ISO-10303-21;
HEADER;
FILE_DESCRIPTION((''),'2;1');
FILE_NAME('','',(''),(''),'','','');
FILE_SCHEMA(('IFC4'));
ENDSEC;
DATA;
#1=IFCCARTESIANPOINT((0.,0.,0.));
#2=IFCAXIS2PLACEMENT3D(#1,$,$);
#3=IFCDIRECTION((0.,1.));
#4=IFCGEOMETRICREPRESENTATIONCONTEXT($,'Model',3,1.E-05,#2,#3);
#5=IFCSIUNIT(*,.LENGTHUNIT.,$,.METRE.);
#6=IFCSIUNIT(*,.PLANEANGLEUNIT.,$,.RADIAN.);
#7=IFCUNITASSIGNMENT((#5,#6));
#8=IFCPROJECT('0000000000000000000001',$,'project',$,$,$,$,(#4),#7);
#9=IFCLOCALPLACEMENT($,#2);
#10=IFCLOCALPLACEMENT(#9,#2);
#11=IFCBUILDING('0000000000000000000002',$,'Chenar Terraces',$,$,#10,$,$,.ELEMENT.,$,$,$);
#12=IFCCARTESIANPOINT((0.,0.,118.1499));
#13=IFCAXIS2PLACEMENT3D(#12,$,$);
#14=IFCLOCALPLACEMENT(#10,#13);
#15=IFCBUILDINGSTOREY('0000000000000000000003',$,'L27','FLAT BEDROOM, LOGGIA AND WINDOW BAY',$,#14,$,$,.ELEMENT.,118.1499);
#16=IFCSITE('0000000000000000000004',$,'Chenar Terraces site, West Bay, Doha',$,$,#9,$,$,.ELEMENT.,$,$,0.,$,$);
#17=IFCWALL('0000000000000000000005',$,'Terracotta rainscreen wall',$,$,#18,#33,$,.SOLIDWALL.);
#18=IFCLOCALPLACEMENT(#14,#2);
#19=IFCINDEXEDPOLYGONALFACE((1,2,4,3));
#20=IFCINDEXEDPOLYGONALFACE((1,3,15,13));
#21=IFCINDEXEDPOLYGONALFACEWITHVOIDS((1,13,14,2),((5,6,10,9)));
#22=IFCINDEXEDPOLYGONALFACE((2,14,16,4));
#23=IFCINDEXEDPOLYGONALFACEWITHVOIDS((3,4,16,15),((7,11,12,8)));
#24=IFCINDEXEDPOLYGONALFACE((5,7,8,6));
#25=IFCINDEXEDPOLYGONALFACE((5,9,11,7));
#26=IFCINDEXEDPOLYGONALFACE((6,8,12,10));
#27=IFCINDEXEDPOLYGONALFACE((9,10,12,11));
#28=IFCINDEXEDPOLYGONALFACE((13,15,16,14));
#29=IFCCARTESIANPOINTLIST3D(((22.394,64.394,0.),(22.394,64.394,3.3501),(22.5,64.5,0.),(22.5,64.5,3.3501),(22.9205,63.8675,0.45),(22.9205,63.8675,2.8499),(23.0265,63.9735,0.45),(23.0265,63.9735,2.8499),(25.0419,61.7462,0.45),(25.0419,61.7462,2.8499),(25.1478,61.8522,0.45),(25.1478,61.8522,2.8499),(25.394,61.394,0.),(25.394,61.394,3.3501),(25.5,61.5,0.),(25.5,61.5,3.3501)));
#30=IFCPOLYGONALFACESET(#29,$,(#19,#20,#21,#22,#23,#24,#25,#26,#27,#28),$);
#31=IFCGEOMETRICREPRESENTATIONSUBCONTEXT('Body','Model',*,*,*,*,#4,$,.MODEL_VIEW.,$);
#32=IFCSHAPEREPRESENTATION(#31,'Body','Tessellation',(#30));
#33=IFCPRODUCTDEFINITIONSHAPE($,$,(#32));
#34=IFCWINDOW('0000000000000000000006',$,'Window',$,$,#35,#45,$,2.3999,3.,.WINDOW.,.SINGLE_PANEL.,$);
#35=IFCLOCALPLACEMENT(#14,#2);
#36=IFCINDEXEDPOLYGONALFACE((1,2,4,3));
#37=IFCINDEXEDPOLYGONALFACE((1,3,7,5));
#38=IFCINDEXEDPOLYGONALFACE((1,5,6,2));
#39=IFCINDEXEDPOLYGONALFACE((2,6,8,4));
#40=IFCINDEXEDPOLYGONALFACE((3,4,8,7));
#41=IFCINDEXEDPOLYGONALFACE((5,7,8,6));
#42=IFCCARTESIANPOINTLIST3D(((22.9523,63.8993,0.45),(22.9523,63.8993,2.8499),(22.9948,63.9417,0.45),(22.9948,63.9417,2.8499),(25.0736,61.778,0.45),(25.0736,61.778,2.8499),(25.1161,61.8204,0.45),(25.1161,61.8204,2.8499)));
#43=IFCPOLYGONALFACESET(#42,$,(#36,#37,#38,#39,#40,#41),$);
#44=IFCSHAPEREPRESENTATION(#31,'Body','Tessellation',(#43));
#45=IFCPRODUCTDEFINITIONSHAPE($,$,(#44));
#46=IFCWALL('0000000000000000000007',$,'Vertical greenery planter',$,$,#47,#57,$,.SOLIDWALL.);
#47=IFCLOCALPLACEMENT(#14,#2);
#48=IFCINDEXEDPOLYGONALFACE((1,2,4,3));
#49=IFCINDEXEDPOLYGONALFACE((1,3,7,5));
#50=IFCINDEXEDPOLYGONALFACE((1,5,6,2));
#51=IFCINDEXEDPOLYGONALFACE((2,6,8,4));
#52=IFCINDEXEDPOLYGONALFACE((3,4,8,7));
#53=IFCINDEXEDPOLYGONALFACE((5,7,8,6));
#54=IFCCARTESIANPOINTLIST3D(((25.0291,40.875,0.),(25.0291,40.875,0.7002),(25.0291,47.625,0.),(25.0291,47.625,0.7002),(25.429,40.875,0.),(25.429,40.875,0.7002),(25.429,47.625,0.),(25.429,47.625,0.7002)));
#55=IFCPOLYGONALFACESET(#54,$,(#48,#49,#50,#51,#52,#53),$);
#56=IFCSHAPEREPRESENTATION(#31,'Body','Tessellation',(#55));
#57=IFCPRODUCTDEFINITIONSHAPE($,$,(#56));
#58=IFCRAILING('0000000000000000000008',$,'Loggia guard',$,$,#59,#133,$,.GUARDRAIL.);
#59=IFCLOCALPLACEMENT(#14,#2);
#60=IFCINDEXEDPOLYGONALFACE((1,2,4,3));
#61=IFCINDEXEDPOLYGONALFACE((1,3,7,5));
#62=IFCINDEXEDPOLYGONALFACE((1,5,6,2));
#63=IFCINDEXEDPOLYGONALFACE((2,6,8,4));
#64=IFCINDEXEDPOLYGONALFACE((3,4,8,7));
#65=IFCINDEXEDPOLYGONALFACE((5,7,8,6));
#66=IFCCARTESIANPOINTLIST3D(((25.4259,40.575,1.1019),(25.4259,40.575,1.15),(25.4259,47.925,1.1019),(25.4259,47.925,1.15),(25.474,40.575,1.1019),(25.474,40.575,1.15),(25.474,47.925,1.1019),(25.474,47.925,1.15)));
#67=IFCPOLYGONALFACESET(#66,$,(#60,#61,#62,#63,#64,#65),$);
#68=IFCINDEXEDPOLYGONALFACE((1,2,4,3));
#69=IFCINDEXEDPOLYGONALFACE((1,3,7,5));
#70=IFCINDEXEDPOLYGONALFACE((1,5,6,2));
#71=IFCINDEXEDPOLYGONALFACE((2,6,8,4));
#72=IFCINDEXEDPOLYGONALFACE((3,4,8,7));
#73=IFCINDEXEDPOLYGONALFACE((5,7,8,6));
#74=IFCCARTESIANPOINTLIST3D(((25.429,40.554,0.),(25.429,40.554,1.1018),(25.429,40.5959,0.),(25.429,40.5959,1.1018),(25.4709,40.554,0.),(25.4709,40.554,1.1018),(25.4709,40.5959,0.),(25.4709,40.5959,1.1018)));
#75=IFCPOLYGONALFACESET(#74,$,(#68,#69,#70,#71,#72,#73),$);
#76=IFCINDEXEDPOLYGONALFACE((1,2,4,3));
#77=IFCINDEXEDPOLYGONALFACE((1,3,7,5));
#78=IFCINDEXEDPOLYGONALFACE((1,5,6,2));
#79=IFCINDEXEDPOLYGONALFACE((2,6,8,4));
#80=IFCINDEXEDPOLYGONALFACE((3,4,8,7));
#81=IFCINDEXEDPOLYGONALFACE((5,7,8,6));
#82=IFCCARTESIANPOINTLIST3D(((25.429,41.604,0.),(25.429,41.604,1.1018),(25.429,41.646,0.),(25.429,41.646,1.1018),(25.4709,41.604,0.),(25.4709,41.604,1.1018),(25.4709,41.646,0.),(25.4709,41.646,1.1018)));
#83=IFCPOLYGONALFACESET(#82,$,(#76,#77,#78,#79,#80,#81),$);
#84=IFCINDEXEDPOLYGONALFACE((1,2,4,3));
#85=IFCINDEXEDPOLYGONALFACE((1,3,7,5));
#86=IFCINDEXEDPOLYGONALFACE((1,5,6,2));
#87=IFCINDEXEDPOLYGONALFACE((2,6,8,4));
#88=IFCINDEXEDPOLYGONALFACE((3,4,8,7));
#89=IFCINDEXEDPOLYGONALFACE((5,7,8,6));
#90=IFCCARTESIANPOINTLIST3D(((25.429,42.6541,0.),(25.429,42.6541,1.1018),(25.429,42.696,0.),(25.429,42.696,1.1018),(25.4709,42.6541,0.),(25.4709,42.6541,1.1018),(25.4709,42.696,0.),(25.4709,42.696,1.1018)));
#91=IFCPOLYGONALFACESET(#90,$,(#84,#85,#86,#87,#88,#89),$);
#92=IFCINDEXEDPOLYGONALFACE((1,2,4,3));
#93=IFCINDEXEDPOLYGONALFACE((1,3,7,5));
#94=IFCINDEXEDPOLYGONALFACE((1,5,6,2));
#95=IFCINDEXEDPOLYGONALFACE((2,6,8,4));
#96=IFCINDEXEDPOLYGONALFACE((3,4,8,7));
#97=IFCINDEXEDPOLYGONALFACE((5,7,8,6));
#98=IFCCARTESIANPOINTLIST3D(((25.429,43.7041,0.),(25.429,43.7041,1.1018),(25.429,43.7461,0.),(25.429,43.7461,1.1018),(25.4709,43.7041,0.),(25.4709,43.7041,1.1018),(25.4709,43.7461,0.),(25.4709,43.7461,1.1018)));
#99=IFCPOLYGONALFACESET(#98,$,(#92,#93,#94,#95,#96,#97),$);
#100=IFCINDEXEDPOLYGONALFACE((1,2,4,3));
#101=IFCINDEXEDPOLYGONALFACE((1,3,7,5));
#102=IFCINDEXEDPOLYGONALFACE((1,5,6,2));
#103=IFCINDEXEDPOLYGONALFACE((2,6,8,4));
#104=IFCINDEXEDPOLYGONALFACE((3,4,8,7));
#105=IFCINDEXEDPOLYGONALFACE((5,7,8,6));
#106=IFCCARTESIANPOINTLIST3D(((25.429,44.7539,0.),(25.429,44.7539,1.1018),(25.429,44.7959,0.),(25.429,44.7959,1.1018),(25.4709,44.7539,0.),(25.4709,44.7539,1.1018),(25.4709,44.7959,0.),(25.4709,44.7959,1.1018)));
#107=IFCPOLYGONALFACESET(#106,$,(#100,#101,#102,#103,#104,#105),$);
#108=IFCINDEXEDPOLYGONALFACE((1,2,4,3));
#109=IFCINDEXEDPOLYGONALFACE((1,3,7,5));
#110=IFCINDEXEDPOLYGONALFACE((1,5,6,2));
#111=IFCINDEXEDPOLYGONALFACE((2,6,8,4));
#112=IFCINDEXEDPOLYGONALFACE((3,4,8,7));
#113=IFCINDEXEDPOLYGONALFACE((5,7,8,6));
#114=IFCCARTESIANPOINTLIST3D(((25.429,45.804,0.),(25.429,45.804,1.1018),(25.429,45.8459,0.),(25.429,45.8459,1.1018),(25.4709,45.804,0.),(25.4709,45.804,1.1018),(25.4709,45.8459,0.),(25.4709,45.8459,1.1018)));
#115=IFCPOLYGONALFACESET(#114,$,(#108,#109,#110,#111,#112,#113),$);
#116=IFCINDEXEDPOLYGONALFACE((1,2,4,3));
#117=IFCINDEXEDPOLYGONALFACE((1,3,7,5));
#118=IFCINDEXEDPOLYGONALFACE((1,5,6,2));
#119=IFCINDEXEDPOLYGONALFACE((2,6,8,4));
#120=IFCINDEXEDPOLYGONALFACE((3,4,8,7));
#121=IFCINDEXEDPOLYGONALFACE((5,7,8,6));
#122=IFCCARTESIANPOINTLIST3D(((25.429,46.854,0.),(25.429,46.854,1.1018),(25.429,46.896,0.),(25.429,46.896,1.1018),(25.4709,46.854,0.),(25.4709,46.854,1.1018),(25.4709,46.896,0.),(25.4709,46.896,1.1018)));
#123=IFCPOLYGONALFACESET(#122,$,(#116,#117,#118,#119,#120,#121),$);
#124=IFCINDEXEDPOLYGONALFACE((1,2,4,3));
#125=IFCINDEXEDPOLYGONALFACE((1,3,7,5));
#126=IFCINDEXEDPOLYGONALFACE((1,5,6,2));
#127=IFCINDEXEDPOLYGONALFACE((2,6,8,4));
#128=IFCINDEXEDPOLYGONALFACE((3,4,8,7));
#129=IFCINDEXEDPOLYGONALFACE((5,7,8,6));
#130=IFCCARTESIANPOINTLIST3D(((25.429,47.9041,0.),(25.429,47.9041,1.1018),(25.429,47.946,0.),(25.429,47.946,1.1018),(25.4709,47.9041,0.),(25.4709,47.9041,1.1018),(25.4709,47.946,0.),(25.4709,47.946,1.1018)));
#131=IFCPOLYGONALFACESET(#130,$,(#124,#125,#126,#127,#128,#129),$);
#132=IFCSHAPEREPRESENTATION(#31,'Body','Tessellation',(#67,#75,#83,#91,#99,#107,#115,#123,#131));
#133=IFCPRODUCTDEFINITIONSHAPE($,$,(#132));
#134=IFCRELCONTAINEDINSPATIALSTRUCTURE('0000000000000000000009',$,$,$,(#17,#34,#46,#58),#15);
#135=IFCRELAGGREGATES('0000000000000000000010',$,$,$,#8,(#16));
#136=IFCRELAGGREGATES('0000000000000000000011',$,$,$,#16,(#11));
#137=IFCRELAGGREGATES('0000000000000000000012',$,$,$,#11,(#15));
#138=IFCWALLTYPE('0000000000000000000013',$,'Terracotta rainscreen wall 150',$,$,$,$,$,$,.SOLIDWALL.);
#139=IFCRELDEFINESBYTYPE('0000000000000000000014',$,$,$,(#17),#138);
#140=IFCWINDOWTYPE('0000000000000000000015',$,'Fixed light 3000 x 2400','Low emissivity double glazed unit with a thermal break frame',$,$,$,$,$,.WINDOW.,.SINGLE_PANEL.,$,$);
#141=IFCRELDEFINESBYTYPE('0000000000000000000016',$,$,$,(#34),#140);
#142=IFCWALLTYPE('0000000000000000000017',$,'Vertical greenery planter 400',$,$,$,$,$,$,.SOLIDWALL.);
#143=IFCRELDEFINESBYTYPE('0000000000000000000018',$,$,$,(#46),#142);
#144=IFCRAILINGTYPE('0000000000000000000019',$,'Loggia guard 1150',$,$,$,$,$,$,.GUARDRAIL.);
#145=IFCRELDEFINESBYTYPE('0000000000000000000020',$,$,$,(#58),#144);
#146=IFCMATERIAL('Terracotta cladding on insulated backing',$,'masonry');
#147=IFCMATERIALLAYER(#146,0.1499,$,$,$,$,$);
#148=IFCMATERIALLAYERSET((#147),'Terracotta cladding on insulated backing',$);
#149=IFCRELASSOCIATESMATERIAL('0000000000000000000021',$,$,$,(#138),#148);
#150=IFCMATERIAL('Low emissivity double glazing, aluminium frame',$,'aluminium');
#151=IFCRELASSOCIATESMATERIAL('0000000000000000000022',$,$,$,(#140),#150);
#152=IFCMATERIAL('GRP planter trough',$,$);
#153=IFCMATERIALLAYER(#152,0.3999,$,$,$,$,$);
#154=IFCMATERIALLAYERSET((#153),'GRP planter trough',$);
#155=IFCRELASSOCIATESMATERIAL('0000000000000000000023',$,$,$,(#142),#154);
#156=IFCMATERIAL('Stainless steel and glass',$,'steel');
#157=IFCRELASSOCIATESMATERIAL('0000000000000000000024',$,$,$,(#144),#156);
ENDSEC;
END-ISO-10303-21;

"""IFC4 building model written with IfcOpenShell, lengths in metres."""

from ifc_helpers import new_model, si_unit, direction, frame, frame_2d, origin, origin_2d, place, context, subcontext, project, spatial, rectangle, extrude, material, layer, layer_set, type_object, element, fill, save


model = new_model("IFC4")

# Units and contexts
model_context = context("Model", 3, precision=1e-05, world=origin(), true_north=direction((0.0, 1.0)))
body_context = subcontext(model_context, "Body", "Model", "MODEL_VIEW")
ifc_project = project(units=[si_unit("LENGTHUNIT", "METRE"), si_unit("PLANEANGLEUNIT", "RADIAN")], contexts=[model_context])

# Site, building, storey
site_placement = place(None, origin())
site = spatial("IfcSite", under=ifc_project, at=site_placement, Name="Chenar Terraces site, West Bay, Doha", CompositionType="ELEMENT", RefElevation=0.0)
building_placement = place(site_placement, origin())
building = spatial("IfcBuilding", under=site, at=building_placement, Name="Chenar Terraces", CompositionType="ELEMENT")
storey_placement = place(building_placement, frame((0.0, 0.0, 118.1499)))
storey = spatial("IfcBuildingStorey", under=building, at=storey_placement, Name="L27", Description="FLAT BEDROOM, LOGGIA AND WINDOW BAY", CompositionType="ELEMENT", Elevation=118.1499)

# Wall, opening, window
ifc_material_1 = material(Name="Terracotta cladding on insulated backing", Category="masonry")
ifc_layer_1 = layer(ifc_material_1, 0.1499)
ifc_layer_set_1 = layer_set([ifc_layer_1], Name="Terracotta cladding on insulated backing")
wall_type_1 = type_object("IfcWallType", Name="Terracotta rainscreen wall 150", PredefinedType="SOLIDWALL", material=ifc_layer_set_1)
ifc_material_2 = material(Name="Low emissivity double glazing, aluminium frame", Category="aluminium")
window_type_1 = type_object("IfcWindowType", Name="Fixed light 3000 x 2400", Description="Low emissivity double glazed unit with a thermal break frame", PartitioningType="SINGLE_PANEL", PredefinedType="WINDOW", material=ifc_material_2)
wall_1_placement = place(storey_placement, frame((25.447, 61.447, 0.0), z_axis=(0.0, 0.0, 1.0), x_axis=(-0.707107, 0.707107, 0.0)))
wall_1 = element("IfcWall", 1, at=wall_1_placement, inside=storey, type_object=wall_type_1, Name="Terracotta rainscreen wall", PredefinedType="SOLIDWALL", context=body_context, shape_type="SweptSolid", body=[
    extrude(rectangle(XDim=4.2427, YDim=0.1499, at=frame_2d((2.1213, 0.0))), origin(), (0.0, 0.0, 1.0), 3.3501),
])
opening_1_placement = place(wall_1_placement, frame((0.498, 0.0, 0.45)))
opening_1 = element("IfcOpeningElement", 2, at=opening_1_placement, cuts=wall_1, PredefinedType="OPENING", context=body_context, shape_type="SweptSolid", body=[
    extrude(rectangle(XDim=3.0, YDim=2.3999, at=frame_2d((1.5, 1.2))), frame((0.0, 0.085, 0.0), z_axis=(0.0, -1.0, 0.0), x_axis=(1.0, 0.0, 0.0)), (0.0, 0.0, 1.0), 0.1699),
])
window_1_placement = place(opening_1_placement, origin())
window_1 = element("IfcWindow", 3, at=window_1_placement, inside=storey, type_object=window_type_1, Name="Window", OverallHeight=2.3999, OverallWidth=3.0, PartitioningType="SINGLE_PANEL", PredefinedType="WINDOW", context=body_context, shape_type="SweptSolid", body=[
    extrude(rectangle(XDim=3.0, YDim=2.3999, at=frame_2d((1.5, 1.2))), frame((0.0, 0.03, 0.0), z_axis=(0.0, -1.0, 0.0), x_axis=(1.0, 0.0, 0.0)), (0.0, 0.0, 1.0), 0.0601),
])
fill(opening_1, window_1)

# Wall
ifc_material_3 = material(Name="GRP planter trough")
ifc_layer_2 = layer(ifc_material_3, 0.3999)
ifc_layer_set_2 = layer_set([ifc_layer_2], Name="GRP planter trough")
wall_type_2 = type_object("IfcWallType", Name="Vertical greenery planter 400", PredefinedType="SOLIDWALL", material=ifc_layer_set_2)
wall_2_placement = place(storey_placement, frame((25.229, 40.875, 0.0), z_axis=(0.0, 0.0, 1.0), x_axis=(0.0, 1.0, 0.0)))
element("IfcWall", 4, at=wall_2_placement, inside=storey, type_object=wall_type_2, Name="Vertical greenery planter", PredefinedType="SOLIDWALL", context=body_context, shape_type="SweptSolid", body=[
    extrude(rectangle(XDim=6.75, YDim=0.3999, at=frame_2d((3.375, 0.0))), origin(), (0.0, 0.0, 1.0), 0.7002),
])

# Railing
ifc_material_4 = material(Name="Stainless steel and glass", Category="steel")
railing_type = type_object("IfcRailingType", Name="Loggia guard 1150", PredefinedType="GUARDRAIL", material=ifc_material_4)
railing_placement = place(storey_placement, frame((25.45, 40.575, 0.0)))
element("IfcRailing", 5, at=railing_placement, inside=storey, type_object=railing_type, Name="Loggia guard", PredefinedType="GUARDRAIL", context=body_context, shape_type="SweptSolid", body=[
    extrude(rectangle(XDim=0.0481, YDim=0.0481, at=origin_2d()), frame((0.0, 0.0, 1.126), z_axis=(0.0, 1.0, 0.0), x_axis=(-1.0, 0.0, 0.0)), (0.0, 0.0, 1.0), 7.3501),
    extrude(rectangle(XDim=0.042, YDim=0.042, at=origin_2d()), origin(), (0.0, 0.0, 1.0), 1.1018),
    extrude(rectangle(XDim=0.042, YDim=0.042, at=origin_2d()), frame((0.0, 1.05, 0.0)), (0.0, 0.0, 1.0), 1.1018),
    extrude(rectangle(XDim=0.042, YDim=0.042, at=origin_2d()), frame((0.0, 2.1001, 0.0)), (0.0, 0.0, 1.0), 1.1018),
    extrude(rectangle(XDim=0.042, YDim=0.042, at=origin_2d()), frame((0.0, 3.1501, 0.0)), (0.0, 0.0, 1.0), 1.1018),
    extrude(rectangle(XDim=0.042, YDim=0.042, at=origin_2d()), frame((0.0, 4.2, 0.0)), (0.0, 0.0, 1.0), 1.1018),
    extrude(rectangle(XDim=0.042, YDim=0.042, at=origin_2d()), frame((0.0, 5.25, 0.0)), (0.0, 0.0, 1.0), 1.1018),
    extrude(rectangle(XDim=0.042, YDim=0.042, at=origin_2d()), frame((0.0, 6.3, 0.0)), (0.0, 0.0, 1.0), 1.1018),
    extrude(rectangle(XDim=0.042, YDim=0.042, at=origin_2d()), frame((0.0, 7.3501, 0.0)), (0.0, 0.0, 1.0), 1.1018),
])

save(model, "model.ifc")
